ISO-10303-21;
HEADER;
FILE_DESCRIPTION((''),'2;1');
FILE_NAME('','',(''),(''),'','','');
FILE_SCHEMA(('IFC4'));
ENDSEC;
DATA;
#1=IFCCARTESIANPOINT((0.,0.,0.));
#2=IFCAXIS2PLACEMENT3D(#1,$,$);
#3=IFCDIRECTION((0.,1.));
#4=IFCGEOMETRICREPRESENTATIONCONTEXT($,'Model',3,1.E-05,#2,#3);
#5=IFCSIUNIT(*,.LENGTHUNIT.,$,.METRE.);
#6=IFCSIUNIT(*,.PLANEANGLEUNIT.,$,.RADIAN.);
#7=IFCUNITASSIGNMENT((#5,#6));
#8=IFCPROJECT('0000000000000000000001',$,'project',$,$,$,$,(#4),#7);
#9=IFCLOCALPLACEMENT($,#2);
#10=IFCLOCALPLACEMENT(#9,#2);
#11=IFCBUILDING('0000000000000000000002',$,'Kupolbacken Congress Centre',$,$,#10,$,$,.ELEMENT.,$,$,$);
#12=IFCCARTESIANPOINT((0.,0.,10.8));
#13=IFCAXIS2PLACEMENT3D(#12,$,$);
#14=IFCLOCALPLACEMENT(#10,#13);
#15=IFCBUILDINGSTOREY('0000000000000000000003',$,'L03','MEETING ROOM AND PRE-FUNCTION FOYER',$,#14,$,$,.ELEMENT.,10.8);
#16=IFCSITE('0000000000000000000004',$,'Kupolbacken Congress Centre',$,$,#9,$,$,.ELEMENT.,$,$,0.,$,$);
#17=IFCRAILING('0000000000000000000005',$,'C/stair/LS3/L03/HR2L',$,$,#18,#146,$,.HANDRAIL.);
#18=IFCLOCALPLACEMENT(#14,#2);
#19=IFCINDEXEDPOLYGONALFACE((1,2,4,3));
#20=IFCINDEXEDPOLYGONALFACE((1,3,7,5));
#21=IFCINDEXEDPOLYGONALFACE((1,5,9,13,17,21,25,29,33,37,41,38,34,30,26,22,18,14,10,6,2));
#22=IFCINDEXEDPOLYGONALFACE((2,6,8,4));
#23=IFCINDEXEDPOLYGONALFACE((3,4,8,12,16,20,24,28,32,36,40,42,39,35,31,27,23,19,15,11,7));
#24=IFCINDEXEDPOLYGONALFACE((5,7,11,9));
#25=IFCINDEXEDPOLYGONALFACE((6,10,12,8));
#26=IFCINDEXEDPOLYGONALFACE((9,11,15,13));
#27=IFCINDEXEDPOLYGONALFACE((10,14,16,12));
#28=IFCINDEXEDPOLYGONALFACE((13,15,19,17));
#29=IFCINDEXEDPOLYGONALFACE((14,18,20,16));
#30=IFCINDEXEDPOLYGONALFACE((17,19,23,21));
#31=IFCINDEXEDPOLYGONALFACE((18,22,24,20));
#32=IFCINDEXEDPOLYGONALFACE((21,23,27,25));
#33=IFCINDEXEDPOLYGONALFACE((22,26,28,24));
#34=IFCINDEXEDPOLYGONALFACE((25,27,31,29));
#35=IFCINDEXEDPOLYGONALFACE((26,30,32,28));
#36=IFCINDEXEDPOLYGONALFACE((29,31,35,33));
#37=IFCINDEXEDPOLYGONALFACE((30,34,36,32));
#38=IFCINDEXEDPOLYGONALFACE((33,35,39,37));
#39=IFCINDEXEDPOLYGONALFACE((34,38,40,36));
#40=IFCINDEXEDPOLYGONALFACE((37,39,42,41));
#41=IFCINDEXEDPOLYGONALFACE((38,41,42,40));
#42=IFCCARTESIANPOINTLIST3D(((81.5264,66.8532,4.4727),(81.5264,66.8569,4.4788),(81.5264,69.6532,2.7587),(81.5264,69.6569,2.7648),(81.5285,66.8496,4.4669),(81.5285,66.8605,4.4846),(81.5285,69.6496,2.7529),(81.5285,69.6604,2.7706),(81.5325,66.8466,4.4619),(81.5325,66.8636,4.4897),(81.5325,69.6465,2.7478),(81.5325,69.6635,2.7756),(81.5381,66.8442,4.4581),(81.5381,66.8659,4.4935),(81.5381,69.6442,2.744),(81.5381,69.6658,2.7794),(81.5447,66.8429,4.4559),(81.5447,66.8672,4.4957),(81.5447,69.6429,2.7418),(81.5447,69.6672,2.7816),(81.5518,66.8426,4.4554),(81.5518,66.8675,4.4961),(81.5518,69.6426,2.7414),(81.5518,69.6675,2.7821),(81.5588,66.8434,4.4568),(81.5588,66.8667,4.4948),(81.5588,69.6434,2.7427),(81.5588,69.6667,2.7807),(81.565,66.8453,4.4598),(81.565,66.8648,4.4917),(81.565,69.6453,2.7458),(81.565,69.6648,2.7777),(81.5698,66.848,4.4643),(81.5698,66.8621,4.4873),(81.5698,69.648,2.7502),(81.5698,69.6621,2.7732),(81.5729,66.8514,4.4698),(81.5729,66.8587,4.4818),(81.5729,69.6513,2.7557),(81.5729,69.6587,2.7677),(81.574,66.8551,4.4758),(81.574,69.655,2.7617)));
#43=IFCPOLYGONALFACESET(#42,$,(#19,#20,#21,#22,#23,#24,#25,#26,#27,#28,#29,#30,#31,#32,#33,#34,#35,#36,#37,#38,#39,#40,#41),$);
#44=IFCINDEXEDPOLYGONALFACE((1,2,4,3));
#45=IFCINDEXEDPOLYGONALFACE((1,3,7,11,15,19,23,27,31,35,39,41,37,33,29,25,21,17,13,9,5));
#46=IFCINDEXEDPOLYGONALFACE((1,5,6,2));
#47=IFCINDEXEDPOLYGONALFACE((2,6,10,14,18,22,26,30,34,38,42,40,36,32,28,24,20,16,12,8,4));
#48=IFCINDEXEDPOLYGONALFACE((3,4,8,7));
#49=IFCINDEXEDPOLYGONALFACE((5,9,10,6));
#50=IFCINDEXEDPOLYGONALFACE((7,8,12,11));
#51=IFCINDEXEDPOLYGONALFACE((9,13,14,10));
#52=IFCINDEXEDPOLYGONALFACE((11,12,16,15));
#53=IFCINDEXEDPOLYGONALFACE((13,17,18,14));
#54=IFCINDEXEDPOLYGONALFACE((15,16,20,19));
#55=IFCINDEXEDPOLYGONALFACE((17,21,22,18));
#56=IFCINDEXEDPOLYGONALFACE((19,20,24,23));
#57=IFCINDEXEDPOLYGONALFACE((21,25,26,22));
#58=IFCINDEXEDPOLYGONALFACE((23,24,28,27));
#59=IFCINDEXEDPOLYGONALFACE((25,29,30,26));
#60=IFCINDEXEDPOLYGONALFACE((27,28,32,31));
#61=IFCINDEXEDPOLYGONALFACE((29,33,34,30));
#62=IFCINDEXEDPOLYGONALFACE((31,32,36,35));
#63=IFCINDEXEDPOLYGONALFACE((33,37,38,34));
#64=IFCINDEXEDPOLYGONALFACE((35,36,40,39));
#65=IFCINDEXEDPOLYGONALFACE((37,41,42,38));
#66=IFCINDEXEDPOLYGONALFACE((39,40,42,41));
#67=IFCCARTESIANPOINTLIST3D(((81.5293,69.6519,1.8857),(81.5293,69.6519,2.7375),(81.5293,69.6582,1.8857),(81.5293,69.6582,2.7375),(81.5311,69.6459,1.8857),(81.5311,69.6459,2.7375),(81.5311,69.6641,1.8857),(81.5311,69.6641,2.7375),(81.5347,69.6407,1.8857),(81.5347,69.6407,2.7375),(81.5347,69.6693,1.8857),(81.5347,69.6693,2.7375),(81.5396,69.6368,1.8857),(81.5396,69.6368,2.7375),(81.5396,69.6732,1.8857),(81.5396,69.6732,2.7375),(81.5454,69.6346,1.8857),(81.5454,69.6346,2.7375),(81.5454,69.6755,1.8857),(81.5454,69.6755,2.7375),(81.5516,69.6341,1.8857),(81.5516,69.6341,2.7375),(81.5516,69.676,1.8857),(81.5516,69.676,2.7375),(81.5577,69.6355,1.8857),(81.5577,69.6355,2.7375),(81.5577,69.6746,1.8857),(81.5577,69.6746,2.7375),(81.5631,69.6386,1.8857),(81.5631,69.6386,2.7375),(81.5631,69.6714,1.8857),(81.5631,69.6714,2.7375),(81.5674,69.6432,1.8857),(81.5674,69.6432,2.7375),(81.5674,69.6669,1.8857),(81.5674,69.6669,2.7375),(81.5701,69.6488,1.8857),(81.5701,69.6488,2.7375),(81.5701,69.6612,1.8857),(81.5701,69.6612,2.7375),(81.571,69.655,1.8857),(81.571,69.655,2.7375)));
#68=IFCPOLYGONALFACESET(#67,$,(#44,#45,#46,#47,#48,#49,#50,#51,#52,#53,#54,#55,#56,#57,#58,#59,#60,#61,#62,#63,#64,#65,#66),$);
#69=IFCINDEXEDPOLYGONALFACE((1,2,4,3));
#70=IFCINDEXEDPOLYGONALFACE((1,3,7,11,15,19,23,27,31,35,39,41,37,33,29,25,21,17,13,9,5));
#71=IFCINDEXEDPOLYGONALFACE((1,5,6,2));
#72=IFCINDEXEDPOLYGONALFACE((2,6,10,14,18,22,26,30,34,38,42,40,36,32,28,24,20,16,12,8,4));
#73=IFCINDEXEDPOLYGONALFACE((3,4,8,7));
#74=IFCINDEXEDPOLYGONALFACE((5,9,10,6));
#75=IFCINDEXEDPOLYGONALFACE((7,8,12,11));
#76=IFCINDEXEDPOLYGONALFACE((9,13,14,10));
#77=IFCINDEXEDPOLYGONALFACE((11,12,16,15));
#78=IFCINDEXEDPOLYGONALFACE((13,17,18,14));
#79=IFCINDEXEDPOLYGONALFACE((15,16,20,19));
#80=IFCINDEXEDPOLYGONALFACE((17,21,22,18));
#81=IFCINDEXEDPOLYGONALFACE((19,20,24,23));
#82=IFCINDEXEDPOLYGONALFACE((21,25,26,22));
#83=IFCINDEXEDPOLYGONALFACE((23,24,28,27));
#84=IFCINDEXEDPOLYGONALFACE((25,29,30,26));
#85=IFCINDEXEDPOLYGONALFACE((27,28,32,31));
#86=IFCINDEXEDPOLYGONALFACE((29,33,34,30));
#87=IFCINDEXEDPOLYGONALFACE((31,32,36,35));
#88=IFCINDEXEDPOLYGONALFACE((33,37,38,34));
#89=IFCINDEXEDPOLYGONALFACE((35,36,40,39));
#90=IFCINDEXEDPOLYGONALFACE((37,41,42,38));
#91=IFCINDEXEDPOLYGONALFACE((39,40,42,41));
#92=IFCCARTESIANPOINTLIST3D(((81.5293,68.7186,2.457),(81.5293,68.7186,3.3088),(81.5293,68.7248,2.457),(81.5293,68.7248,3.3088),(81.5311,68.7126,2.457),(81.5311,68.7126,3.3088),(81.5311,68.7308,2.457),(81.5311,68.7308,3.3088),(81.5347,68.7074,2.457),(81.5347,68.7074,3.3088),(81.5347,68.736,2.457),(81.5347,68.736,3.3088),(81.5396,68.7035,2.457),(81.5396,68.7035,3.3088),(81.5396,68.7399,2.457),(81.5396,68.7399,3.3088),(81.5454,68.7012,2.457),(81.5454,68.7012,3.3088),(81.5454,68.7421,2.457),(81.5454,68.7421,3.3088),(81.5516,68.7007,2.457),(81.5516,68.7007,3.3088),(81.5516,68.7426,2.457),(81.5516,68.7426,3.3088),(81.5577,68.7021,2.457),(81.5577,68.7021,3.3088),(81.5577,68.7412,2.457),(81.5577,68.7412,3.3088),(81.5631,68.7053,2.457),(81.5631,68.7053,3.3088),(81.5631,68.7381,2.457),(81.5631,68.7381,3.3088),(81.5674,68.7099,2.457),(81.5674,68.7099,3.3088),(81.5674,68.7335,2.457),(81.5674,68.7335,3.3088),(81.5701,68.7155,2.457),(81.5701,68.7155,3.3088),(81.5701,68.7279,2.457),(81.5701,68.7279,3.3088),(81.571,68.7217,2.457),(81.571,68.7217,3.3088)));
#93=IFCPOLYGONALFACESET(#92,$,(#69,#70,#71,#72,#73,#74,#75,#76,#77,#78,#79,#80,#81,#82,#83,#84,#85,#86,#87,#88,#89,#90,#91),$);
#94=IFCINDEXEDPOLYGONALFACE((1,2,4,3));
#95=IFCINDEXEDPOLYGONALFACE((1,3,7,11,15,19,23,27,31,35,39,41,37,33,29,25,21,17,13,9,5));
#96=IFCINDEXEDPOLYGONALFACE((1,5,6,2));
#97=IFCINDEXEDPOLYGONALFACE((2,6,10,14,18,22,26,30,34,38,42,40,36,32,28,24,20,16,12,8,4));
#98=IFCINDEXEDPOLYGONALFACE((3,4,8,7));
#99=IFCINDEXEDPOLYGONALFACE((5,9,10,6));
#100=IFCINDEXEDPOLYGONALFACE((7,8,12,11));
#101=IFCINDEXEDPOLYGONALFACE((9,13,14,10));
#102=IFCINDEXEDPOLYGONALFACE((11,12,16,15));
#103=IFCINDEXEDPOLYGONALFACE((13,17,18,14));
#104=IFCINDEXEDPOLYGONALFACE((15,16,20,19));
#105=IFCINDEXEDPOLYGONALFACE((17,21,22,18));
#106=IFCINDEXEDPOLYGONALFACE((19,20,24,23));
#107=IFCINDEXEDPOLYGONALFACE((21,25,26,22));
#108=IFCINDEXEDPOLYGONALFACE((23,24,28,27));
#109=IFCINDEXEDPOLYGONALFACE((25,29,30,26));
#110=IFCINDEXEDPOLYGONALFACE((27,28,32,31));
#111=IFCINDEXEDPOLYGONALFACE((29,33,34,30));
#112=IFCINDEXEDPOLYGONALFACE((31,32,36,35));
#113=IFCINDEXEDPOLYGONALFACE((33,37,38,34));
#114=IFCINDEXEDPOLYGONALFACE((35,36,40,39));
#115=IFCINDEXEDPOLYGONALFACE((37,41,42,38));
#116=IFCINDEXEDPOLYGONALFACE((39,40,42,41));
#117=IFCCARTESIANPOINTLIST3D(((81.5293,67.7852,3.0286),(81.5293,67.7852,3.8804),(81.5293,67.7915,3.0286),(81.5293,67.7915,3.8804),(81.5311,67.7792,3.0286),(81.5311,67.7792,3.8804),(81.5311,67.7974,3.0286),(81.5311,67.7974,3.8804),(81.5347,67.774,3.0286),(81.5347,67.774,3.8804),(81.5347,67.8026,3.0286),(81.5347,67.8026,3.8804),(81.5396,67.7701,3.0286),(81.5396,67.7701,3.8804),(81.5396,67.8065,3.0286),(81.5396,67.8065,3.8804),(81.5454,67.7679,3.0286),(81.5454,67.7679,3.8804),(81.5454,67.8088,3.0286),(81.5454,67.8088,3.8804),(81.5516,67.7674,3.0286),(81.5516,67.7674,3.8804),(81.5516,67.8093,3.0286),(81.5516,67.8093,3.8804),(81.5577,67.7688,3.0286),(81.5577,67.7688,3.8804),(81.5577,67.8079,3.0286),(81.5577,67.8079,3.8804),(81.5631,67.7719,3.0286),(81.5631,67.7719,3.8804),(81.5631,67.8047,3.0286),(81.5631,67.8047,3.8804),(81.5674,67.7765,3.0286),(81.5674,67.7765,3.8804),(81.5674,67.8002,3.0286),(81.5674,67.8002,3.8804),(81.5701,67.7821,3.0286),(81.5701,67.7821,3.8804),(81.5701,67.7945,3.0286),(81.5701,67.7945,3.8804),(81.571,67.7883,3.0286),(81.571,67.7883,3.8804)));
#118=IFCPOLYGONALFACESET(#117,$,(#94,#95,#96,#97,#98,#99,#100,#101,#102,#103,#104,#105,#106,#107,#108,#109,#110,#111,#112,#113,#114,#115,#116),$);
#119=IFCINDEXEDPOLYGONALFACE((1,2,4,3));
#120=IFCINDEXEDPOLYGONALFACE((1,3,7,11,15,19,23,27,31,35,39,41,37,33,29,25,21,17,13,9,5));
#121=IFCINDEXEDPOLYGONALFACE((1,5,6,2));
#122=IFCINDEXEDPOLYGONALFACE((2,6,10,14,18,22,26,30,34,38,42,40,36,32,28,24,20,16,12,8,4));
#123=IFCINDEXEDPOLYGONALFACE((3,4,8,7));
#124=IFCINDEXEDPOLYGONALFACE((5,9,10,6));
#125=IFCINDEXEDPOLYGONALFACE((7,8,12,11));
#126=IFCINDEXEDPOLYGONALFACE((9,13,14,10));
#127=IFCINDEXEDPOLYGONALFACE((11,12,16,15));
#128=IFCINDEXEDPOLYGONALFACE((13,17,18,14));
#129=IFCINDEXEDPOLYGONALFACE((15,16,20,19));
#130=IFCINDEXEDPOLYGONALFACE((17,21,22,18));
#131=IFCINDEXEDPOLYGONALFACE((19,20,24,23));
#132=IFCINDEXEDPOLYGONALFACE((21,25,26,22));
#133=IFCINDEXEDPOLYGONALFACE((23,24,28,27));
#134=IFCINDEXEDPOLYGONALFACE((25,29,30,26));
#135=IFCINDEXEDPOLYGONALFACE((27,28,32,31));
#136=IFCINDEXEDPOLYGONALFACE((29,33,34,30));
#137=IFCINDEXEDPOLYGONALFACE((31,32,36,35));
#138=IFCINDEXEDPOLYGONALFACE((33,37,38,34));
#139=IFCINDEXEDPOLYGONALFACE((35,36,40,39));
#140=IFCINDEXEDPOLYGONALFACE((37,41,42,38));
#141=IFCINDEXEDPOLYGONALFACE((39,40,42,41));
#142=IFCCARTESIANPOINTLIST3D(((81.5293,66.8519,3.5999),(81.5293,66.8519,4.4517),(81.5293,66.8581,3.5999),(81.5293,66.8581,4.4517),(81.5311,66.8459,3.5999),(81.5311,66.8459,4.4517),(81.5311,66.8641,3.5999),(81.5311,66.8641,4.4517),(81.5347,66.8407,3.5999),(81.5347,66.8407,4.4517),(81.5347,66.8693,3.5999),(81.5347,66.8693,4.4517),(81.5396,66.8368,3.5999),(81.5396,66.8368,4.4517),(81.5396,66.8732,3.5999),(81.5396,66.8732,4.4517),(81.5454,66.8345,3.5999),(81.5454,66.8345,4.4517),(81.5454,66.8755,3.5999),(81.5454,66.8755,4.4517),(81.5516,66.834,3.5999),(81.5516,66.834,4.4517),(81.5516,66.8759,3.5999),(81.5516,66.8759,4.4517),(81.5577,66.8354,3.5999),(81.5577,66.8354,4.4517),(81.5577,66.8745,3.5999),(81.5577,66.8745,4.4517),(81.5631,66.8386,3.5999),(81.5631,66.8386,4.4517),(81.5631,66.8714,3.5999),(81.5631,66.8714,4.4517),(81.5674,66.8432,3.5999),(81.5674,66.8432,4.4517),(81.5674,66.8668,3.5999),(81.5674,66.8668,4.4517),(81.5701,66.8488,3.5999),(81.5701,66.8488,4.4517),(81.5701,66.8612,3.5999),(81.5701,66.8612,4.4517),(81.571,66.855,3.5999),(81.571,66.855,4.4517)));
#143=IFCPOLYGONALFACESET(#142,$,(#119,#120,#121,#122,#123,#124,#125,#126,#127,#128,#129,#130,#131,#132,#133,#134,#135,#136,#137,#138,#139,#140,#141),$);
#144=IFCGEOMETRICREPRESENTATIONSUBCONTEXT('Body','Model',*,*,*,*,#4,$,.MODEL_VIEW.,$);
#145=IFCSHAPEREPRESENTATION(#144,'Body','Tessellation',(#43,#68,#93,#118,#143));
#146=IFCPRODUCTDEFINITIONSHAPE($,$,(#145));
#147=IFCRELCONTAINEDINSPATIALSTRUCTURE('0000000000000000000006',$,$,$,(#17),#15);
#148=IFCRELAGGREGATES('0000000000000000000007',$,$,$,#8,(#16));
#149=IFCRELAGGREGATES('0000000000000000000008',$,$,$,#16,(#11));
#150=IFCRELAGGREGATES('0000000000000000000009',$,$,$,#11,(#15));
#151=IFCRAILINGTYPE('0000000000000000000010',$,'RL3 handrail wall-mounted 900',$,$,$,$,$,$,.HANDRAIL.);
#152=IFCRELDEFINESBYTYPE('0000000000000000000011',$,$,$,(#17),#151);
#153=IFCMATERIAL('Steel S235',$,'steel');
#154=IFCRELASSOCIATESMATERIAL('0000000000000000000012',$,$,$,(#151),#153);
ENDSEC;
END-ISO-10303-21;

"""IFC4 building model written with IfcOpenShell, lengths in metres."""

from ifc_helpers import new_model, si_unit, direction, frame, origin, origin_2d, place, context, subcontext, project, spatial, circle, extrude, material, type_object, element, save


model = new_model("IFC4")

# Units and contexts
model_context = context("Model", 3, precision=1e-05, world=origin(), true_north=direction((0.0, 1.0)))
body_context = subcontext(model_context, "Body", "Model", "MODEL_VIEW")
ifc_project = project(units=[si_unit("LENGTHUNIT", "METRE"), si_unit("PLANEANGLEUNIT", "RADIAN")], contexts=[model_context])

# Site, building, storey
site_placement = place(None, origin())
site = spatial("IfcSite", under=ifc_project, at=site_placement, Name="Kupolbacken Congress Centre", CompositionType="ELEMENT", RefElevation=0.0)
building_placement = place(site_placement, origin())
building = spatial("IfcBuilding", under=site, at=building_placement, Name="Kupolbacken Congress Centre", CompositionType="ELEMENT")
storey_placement = place(building_placement, frame((0.0, 0.0, 10.8)))
storey = spatial("IfcBuildingStorey", under=building, at=storey_placement, Name="L03", Description="MEETING ROOM AND PRE-FUNCTION FOYER", CompositionType="ELEMENT", Elevation=10.8)

# Railing
ifc_material_1 = material(Name="Steel S235", Category="steel")
railing_type = type_object("IfcRailingType", Name="RL3 handrail wall-mounted 900", PredefinedType="HANDRAIL", material=ifc_material_1)
railing_placement = place(storey_placement, frame((81.55, 69.655, 1.8857)))
element("IfcRailing", 1, at=railing_placement, inside=storey, type_object=railing_type, Name="C/stair/LS3/L03/HR2L", PredefinedType="HANDRAIL", context=body_context, shape_type="SweptSolid", body=[
    extrude(circle(Radius=0.0239, at=origin_2d()), frame((0.0, 0.0, 0.876), z_axis=(0.0, -0.852879, 0.522109), x_axis=(1.0, 0.0, 0.0)), (0.0, 0.0, 1.0), 3.283),
    extrude(circle(Radius=0.021, at=origin_2d()), origin(), (0.0, 0.0, 1.0), 0.8518),
    extrude(circle(Radius=0.021, at=origin_2d()), frame((0.0, -0.9333, 0.5713)), (0.0, 0.0, 1.0), 0.8518),
    extrude(circle(Radius=0.021, at=origin_2d()), frame((0.0, -1.8667, 1.1428)), (0.0, 0.0, 1.0), 0.8518),
    extrude(circle(Radius=0.021, at=origin_2d()), frame((0.0, -2.8, 1.7141)), (0.0, 0.0, 1.0), 0.8518),
])

save(model, "model.ifc")
